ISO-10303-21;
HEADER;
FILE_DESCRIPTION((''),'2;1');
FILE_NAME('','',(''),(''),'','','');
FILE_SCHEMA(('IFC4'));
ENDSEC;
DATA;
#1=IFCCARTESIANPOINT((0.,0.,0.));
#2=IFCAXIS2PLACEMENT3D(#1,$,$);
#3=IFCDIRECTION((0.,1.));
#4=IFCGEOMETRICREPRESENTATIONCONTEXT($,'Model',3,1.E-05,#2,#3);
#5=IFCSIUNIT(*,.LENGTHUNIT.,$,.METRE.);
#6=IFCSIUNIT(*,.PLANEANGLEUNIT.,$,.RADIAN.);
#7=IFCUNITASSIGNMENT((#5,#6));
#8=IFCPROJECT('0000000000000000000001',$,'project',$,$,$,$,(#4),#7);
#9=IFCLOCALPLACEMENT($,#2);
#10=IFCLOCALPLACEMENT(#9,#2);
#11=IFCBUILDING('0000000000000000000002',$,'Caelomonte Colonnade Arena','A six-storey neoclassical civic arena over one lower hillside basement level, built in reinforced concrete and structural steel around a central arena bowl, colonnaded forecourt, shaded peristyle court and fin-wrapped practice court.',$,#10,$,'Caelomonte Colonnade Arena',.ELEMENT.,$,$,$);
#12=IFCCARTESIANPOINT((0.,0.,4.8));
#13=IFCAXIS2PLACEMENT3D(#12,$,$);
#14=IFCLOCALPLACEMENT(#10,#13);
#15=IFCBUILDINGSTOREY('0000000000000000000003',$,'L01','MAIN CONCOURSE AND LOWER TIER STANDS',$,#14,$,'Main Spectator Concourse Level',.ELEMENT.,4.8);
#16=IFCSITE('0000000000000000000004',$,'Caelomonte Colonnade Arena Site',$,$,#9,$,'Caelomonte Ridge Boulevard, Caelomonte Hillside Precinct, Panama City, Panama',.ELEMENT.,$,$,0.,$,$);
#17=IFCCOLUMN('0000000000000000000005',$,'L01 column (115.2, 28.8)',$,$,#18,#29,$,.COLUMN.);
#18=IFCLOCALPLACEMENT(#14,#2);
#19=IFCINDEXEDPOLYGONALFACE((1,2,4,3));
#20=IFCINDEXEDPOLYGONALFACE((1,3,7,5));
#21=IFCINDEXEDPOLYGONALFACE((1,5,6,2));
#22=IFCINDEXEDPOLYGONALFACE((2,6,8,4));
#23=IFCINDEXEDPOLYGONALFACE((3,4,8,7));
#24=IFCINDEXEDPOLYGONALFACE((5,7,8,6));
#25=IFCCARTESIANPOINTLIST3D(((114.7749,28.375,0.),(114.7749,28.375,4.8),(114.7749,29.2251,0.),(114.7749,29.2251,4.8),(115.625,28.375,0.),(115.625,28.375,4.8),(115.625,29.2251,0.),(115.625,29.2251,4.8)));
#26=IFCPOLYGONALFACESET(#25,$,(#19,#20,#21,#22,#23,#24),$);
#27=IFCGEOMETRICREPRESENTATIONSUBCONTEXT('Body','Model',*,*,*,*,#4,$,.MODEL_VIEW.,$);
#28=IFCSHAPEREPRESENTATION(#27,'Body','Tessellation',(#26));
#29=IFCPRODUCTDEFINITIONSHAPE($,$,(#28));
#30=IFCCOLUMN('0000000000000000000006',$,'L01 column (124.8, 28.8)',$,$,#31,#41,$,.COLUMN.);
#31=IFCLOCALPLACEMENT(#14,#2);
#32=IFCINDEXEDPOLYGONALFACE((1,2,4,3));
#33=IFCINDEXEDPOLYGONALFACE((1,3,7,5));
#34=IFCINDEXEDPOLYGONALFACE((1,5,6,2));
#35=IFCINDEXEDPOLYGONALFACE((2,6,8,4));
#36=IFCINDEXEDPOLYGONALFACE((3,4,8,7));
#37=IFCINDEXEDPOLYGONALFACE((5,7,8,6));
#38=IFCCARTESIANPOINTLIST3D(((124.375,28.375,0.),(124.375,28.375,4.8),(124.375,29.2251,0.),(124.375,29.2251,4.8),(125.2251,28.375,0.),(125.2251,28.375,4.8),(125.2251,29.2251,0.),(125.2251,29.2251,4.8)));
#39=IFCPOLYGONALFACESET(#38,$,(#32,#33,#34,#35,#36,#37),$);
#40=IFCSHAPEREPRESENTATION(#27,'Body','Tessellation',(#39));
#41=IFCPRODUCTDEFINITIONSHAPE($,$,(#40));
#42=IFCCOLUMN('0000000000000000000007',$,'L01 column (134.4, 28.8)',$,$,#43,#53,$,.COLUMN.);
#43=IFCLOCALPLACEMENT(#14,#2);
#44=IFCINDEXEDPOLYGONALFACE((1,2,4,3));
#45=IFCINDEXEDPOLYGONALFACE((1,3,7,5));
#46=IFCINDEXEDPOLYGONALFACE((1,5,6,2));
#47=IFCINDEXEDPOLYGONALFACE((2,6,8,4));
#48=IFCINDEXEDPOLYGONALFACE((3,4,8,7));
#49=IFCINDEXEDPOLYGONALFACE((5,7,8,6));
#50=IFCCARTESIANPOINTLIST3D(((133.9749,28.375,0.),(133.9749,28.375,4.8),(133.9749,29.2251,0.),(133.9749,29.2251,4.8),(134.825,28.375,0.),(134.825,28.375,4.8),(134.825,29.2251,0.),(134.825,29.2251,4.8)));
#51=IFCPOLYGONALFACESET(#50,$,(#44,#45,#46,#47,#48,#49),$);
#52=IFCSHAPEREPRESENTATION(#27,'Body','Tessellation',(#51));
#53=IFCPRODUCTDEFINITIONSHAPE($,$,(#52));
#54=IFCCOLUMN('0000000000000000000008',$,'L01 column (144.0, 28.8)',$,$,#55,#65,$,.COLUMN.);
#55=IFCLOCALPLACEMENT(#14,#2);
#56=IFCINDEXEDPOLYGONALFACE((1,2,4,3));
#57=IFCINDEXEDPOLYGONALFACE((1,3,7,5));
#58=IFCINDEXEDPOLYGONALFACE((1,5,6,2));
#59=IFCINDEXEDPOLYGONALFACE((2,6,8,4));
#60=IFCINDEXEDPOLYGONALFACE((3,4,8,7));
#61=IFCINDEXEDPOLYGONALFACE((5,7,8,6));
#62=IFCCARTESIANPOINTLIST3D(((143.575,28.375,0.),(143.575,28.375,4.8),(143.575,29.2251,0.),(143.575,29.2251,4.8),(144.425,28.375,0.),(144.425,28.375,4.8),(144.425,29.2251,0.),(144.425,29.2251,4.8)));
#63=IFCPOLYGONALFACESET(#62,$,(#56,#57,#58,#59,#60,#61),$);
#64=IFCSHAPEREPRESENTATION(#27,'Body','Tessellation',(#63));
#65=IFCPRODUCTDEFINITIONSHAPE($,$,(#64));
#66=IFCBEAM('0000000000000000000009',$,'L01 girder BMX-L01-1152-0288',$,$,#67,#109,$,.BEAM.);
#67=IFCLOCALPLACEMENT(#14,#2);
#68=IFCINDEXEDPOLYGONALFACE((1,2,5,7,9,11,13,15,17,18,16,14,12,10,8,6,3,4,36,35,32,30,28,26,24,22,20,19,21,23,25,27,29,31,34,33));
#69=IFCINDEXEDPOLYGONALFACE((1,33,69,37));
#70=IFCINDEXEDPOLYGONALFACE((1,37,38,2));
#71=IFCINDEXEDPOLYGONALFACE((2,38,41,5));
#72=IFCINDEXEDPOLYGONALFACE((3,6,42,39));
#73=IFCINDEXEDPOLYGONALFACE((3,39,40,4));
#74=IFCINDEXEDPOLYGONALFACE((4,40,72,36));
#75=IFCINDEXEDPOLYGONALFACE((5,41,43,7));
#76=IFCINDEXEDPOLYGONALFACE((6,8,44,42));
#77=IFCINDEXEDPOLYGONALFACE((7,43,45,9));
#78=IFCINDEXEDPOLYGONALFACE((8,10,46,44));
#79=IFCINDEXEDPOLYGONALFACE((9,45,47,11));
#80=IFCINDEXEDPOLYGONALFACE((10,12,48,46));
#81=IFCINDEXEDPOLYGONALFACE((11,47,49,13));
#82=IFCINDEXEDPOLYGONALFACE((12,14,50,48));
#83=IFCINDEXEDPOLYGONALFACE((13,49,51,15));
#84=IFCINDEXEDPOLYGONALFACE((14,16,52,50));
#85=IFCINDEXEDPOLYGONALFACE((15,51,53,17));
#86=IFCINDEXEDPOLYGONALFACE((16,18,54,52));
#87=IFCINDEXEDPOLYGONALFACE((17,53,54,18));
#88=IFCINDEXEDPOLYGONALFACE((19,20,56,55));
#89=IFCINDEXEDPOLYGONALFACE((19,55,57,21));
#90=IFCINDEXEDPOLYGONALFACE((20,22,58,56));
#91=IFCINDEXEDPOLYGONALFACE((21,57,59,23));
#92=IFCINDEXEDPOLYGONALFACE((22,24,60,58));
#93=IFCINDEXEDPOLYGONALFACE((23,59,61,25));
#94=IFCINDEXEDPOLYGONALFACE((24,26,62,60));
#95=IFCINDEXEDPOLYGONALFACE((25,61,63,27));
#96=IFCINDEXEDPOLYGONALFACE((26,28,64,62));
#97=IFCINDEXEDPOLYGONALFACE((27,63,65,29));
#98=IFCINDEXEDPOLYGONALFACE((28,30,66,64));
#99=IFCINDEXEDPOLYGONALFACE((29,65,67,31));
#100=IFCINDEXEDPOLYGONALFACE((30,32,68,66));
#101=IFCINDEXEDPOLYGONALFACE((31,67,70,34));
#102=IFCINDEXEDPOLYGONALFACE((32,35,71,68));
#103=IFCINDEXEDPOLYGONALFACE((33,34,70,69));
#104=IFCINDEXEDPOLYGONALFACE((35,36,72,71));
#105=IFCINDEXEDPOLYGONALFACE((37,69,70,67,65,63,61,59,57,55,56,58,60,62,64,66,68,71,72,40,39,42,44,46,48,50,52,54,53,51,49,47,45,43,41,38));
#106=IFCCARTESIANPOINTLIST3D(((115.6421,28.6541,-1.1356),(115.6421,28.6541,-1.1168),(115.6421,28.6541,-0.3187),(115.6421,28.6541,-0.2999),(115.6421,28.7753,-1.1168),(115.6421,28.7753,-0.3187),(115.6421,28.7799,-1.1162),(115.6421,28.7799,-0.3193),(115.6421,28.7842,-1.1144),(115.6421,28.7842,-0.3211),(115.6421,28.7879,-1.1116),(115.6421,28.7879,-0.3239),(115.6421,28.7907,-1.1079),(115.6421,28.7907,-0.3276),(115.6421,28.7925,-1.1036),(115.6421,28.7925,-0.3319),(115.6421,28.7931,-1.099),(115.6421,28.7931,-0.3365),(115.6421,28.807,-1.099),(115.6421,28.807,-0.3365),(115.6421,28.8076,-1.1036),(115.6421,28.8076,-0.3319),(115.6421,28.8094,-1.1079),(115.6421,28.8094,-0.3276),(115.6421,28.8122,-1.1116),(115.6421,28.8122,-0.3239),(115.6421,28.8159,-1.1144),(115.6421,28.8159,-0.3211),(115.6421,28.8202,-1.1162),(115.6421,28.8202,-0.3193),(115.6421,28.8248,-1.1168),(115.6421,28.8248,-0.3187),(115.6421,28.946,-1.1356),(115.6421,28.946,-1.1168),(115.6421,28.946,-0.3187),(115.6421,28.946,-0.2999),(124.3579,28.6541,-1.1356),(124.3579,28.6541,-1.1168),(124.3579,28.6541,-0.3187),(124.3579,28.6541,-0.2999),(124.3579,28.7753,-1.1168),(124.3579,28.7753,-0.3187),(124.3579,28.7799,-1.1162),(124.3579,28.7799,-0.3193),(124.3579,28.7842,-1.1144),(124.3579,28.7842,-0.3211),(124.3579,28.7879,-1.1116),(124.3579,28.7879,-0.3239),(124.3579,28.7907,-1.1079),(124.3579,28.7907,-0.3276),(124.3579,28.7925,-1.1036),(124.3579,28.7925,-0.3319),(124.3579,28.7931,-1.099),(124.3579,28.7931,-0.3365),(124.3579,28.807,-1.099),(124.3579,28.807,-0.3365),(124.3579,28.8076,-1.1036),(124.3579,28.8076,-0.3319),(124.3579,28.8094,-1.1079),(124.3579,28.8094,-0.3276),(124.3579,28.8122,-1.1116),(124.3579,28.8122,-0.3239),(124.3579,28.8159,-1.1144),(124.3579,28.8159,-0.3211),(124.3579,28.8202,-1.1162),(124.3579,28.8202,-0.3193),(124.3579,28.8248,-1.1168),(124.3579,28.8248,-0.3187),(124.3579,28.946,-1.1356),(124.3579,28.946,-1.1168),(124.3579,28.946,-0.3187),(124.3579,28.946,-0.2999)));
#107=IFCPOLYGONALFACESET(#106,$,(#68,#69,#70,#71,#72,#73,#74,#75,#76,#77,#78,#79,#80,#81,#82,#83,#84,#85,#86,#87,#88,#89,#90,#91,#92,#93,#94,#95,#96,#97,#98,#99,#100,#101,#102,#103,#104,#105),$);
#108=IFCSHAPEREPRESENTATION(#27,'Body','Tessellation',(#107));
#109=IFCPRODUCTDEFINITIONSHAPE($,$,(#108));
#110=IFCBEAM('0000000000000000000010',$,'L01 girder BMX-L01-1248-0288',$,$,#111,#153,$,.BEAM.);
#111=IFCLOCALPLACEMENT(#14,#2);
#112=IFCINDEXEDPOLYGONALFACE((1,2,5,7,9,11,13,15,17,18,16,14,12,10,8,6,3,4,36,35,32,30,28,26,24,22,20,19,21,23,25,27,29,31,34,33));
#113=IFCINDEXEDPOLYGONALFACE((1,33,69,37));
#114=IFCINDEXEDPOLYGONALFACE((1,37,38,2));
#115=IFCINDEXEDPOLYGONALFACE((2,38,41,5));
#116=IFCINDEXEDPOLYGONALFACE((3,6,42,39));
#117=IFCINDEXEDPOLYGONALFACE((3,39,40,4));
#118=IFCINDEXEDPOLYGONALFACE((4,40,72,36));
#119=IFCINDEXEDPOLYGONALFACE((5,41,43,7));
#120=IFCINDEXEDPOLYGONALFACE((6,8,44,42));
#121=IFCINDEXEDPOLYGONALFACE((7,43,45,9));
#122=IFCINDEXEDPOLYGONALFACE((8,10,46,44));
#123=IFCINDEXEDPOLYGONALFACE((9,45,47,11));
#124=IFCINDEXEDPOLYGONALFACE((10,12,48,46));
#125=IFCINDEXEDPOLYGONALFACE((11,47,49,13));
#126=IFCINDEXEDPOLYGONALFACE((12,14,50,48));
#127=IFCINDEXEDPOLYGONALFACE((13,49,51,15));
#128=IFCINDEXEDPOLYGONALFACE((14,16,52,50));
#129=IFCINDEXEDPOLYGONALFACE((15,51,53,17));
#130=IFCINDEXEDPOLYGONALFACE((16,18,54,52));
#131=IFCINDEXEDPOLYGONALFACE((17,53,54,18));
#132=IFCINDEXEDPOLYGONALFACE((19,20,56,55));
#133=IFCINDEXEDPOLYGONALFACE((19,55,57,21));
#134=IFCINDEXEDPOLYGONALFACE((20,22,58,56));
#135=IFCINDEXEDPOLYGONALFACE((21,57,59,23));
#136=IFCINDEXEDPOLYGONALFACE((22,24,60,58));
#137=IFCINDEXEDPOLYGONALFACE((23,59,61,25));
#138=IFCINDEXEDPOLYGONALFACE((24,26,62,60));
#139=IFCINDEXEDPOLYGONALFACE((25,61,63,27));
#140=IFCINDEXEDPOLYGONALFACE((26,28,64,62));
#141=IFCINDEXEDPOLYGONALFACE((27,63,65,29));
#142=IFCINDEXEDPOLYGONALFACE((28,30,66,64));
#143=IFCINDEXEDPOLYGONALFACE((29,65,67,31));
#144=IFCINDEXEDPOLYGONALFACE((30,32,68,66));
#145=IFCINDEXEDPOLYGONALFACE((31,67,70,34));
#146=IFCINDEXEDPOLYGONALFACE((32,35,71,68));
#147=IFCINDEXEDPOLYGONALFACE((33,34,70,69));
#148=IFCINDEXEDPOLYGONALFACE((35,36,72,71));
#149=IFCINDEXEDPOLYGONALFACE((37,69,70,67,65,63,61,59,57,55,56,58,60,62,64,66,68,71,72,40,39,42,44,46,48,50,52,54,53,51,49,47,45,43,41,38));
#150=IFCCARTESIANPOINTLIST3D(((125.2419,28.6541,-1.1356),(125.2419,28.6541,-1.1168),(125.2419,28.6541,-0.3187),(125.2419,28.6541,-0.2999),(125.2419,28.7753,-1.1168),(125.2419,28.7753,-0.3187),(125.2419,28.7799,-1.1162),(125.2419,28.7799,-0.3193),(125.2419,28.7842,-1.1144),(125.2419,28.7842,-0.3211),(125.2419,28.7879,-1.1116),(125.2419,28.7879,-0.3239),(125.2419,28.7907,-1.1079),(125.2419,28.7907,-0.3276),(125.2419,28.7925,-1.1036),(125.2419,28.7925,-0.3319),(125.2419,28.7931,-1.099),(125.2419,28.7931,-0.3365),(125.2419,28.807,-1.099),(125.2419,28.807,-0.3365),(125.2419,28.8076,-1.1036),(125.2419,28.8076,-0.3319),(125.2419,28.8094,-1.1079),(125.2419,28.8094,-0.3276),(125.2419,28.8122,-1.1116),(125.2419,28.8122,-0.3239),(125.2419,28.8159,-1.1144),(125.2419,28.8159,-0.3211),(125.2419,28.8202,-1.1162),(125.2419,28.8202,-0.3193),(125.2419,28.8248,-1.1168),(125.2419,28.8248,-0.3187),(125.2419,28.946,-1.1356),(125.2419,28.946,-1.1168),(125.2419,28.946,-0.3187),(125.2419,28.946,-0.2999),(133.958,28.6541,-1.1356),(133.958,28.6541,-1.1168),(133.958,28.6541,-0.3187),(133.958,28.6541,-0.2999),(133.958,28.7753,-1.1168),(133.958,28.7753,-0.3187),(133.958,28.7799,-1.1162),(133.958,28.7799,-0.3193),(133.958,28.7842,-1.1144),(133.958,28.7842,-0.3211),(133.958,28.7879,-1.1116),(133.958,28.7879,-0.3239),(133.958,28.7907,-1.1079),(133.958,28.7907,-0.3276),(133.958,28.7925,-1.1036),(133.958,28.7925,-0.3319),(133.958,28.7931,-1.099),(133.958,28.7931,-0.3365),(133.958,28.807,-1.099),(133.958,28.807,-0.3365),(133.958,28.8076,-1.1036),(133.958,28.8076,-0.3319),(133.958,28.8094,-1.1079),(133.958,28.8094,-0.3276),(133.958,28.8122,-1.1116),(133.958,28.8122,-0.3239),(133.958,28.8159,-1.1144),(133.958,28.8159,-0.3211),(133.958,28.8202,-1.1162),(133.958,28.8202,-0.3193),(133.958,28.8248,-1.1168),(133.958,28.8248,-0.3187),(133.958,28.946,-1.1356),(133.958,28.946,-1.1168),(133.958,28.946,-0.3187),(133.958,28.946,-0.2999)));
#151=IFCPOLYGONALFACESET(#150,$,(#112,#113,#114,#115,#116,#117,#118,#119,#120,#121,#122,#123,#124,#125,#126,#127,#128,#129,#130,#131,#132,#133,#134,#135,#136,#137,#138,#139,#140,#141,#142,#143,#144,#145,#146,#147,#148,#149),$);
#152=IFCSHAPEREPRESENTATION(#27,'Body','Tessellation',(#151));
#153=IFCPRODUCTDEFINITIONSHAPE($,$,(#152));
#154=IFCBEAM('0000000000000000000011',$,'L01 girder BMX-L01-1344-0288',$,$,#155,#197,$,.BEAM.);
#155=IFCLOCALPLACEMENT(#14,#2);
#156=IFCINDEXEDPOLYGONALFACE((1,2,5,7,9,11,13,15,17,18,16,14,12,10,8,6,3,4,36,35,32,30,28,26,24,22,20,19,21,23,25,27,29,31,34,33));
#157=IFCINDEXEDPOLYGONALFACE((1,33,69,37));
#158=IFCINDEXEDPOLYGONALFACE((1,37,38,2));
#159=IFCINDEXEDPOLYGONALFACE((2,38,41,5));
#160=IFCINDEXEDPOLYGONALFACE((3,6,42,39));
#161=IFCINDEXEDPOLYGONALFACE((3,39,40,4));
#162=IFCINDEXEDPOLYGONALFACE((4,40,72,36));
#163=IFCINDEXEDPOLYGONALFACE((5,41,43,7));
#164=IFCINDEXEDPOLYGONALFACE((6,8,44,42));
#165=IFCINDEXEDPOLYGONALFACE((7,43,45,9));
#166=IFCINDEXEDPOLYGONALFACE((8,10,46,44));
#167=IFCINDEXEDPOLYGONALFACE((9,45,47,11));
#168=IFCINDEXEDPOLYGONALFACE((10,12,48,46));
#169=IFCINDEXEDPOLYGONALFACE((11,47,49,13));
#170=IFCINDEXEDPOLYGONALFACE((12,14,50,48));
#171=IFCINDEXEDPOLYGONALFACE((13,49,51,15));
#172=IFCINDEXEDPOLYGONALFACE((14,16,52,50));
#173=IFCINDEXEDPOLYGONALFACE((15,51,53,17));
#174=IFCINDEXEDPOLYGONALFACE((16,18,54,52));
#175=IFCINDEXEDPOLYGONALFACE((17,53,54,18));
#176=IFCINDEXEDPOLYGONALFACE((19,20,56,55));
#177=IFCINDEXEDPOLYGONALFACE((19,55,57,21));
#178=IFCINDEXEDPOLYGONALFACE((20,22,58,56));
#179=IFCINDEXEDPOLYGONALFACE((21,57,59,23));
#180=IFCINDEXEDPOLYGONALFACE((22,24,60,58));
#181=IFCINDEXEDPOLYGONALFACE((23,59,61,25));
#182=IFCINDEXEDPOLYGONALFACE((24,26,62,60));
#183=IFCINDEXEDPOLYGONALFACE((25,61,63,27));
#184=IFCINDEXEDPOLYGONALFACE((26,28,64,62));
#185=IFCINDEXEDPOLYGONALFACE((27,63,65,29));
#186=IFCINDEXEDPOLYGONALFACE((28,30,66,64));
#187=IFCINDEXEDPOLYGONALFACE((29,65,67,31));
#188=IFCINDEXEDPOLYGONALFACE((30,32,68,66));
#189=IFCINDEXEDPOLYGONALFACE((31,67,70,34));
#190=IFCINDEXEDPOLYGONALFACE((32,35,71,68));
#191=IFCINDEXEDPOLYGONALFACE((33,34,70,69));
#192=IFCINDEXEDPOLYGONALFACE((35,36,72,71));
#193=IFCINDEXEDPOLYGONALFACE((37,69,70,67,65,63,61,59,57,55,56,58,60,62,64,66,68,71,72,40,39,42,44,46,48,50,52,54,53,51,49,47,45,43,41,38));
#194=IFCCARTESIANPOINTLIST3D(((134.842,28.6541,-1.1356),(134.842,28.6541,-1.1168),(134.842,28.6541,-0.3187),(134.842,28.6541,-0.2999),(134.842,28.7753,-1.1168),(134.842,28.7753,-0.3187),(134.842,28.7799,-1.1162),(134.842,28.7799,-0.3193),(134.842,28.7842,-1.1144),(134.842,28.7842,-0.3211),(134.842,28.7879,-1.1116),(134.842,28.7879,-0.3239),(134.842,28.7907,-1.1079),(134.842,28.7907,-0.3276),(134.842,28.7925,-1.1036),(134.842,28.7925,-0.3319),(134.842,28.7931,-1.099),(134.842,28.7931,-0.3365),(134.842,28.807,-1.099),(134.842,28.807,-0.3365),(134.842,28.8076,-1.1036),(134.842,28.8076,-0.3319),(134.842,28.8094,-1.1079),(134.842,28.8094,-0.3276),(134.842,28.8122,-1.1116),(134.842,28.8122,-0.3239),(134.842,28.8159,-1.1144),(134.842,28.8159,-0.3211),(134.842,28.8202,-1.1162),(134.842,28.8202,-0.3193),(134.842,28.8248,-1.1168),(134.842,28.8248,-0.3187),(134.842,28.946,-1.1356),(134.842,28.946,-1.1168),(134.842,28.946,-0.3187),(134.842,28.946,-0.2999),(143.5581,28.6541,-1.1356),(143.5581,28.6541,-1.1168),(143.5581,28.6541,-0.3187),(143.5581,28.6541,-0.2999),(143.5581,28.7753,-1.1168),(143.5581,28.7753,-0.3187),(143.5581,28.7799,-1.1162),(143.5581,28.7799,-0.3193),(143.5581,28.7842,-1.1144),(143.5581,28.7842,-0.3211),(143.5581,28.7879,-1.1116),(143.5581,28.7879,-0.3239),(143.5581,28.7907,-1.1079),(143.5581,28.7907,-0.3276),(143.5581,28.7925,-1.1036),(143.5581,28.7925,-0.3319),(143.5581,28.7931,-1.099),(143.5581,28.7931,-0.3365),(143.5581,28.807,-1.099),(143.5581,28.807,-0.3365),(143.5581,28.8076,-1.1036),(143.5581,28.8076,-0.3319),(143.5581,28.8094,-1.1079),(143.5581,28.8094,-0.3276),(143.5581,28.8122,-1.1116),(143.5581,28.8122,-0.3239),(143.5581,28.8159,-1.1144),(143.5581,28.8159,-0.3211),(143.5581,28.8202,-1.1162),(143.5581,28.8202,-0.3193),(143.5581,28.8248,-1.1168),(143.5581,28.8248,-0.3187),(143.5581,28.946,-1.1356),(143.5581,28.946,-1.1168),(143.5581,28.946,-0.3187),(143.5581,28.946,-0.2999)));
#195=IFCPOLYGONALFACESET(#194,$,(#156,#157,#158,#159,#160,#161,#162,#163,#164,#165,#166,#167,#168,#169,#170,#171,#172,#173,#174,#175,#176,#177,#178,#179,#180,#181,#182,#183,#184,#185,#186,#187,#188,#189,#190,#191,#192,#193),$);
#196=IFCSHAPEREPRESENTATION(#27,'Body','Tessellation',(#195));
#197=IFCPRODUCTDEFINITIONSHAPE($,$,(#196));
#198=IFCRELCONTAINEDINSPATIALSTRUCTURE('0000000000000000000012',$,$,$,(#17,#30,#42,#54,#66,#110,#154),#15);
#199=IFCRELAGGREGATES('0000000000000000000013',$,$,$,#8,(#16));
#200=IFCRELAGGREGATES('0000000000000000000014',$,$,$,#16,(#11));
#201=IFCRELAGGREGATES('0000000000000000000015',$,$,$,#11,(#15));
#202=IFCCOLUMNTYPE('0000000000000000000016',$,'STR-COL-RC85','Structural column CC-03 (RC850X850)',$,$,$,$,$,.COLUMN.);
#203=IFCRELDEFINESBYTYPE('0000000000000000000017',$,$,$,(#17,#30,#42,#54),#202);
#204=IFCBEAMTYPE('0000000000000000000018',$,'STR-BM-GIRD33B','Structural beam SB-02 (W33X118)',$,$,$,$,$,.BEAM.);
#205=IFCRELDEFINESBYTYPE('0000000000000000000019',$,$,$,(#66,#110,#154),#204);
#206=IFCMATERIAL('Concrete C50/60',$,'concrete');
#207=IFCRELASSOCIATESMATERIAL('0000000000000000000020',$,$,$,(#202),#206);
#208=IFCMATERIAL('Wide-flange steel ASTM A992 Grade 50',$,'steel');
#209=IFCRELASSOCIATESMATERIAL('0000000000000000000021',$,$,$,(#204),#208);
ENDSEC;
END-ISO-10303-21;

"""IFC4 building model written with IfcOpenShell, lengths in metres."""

from ifc_helpers import new_model, si_unit, direction, frame, origin, origin_2d, place, context, subcontext, project, spatial, rectangle, i_section, extrude, material, material_profile, profile_set, type_object, element, save


model = new_model("IFC4")

# Units and contexts
model_context = context("Model", 3, precision=1e-05, world=origin(), true_north=direction((0.0, 1.0)))
body_context = subcontext(model_context, "Body", "Model", "MODEL_VIEW")
ifc_project = project(units=[si_unit("LENGTHUNIT", "METRE"), si_unit("PLANEANGLEUNIT", "RADIAN")], contexts=[model_context])

# Site, building, storey
site_placement = place(None, origin())
site = spatial("IfcSite", under=ifc_project, at=site_placement, Name="Caelomonte Colonnade Arena Site", LongName="Caelomonte Ridge Boulevard, Caelomonte Hillside Precinct, Panama City, Panama", CompositionType="ELEMENT", RefElevation=0.0)
building_placement = place(site_placement, origin())
building = spatial("IfcBuilding", under=site, at=building_placement, Name="Caelomonte Colonnade Arena", Description="A six-storey neoclassical civic arena over one lower hillside basement level, built in reinforced concrete and structural steel around a central arena bowl, colonnaded forecourt, shaded peristyle court and fin-wrapped practice court.", LongName="Caelomonte Colonnade Arena", CompositionType="ELEMENT")
storey_placement = place(building_placement, frame((0.0, 0.0, 4.8)))
storey = spatial("IfcBuildingStorey", under=building, at=storey_placement, Name="L01", Description="MAIN CONCOURSE AND LOWER TIER STANDS", LongName="Main Spectator Concourse Level", CompositionType="ELEMENT", Elevation=4.8)

# Columns
ifc_material_1 = material(Name="Concrete C50/60", Category="concrete")
ifc_material_profile_1 = material_profile(ifc_material_1, rectangle(XDim=0.8501, YDim=0.8501, at=origin_2d()), Name="RC850X850")
ifc_profile_set_1 = profile_set([ifc_material_profile_1], Name="Concrete C50/60")
column_type = type_object("IfcColumnType", Name="STR-COL-RC85", Description="Structural column CC-03 (RC850X850)", PredefinedType="COLUMN", material=ifc_profile_set_1)
for number, where, z_axis, x_axis, name in (
    (1, (115.2, 28.8, 0.0), (0.0, 0.0, 1.0), (1.0, 0.0, 0.0), "L01 column (115.2, 28.8)"),
    (2, (124.8, 28.8, 0.0), (0.0, 0.0, 1.0), (1.0, 0.0, 0.0), "L01 column (124.8, 28.8)"),
    (3, (134.3999, 28.8, 0.0), (0.0, 0.0, 1.0), (1.0, 0.0, 0.0), "L01 column (134.4, 28.8)"),
    (4, (144.0, 28.8, 0.0), (0.0, 0.0, 1.0), (1.0, 0.0, 0.0), "L01 column (144.0, 28.8)"),
):
    element("IfcColumn", number, at=place(storey_placement, frame(where, z_axis=z_axis, x_axis=x_axis)), inside=storey, type_object=column_type, Name=name, PredefinedType="COLUMN", context=body_context, shape_type="SweptSolid", body=[
        extrude(rectangle(XDim=0.8501, YDim=0.8501, at=origin_2d()), origin(), (0.0, 0.0, 1.0), 4.8),
    ])

# Beams
ifc_material_2 = material(Name="Wide-flange steel ASTM A992 Grade 50", Category="steel")
ifc_material_profile_2 = material_profile(ifc_material_2, i_section(OverallWidth=0.292, OverallDepth=0.8357, WebThickness=0.0139, FlangeThickness=0.0188, FilletRadius=0.0178, at=origin_2d()), Name="W33X118")
ifc_profile_set_2 = profile_set([ifc_material_profile_2], Name="Wide-flange steel ASTM A992 Grade 50")
beam_type = type_object("IfcBeamType", Name="STR-BM-GIRD33B", Description="Structural beam SB-02 (W33X118)", PredefinedType="BEAM", material=ifc_profile_set_2)
beam_1_placement = place(storey_placement, frame((115.6421, 28.8, -0.7178), z_axis=(1.0, 0.0, 0.0), x_axis=(0.0, 1.0, 0.0)))
element("IfcBeam", 5, at=beam_1_placement, inside=storey, type_object=beam_type, Name="L01 girder BMX-L01-1152-0288", PredefinedType="BEAM", context=body_context, shape_type="SweptSolid", body=[
    extrude(i_section(OverallWidth=0.292, OverallDepth=0.8357, WebThickness=0.0139, FlangeThickness=0.0188, FilletRadius=0.0178, at=origin_2d()), origin(), (0.0, 0.0, 1.0), 8.7158),
])
for number, where, z_axis, x_axis, name in (
    (6, (125.2419, 28.8, -0.7178), (1.0, 0.0, 0.0), (0.0, 1.0, 0.0), "L01 girder BMX-L01-1248-0288"),
    (7, (134.842, 28.8, -0.7178), (1.0, 0.0, 0.0), (0.0, 1.0, 0.0), "L01 girder BMX-L01-1344-0288"),
):
    element("IfcBeam", number, at=place(storey_placement, frame(where, z_axis=z_axis, x_axis=x_axis)), inside=storey, type_object=beam_type, Name=name, PredefinedType="BEAM", context=body_context, shape_type="SweptSolid", body=[
        extrude(i_section(OverallWidth=0.292, OverallDepth=0.8357, WebThickness=0.0139, FlangeThickness=0.0188, FilletRadius=0.0178, at=origin_2d()), origin(), (0.0, 0.0, 1.0), 8.7161),
    ])

save(model, "model.ifc")
